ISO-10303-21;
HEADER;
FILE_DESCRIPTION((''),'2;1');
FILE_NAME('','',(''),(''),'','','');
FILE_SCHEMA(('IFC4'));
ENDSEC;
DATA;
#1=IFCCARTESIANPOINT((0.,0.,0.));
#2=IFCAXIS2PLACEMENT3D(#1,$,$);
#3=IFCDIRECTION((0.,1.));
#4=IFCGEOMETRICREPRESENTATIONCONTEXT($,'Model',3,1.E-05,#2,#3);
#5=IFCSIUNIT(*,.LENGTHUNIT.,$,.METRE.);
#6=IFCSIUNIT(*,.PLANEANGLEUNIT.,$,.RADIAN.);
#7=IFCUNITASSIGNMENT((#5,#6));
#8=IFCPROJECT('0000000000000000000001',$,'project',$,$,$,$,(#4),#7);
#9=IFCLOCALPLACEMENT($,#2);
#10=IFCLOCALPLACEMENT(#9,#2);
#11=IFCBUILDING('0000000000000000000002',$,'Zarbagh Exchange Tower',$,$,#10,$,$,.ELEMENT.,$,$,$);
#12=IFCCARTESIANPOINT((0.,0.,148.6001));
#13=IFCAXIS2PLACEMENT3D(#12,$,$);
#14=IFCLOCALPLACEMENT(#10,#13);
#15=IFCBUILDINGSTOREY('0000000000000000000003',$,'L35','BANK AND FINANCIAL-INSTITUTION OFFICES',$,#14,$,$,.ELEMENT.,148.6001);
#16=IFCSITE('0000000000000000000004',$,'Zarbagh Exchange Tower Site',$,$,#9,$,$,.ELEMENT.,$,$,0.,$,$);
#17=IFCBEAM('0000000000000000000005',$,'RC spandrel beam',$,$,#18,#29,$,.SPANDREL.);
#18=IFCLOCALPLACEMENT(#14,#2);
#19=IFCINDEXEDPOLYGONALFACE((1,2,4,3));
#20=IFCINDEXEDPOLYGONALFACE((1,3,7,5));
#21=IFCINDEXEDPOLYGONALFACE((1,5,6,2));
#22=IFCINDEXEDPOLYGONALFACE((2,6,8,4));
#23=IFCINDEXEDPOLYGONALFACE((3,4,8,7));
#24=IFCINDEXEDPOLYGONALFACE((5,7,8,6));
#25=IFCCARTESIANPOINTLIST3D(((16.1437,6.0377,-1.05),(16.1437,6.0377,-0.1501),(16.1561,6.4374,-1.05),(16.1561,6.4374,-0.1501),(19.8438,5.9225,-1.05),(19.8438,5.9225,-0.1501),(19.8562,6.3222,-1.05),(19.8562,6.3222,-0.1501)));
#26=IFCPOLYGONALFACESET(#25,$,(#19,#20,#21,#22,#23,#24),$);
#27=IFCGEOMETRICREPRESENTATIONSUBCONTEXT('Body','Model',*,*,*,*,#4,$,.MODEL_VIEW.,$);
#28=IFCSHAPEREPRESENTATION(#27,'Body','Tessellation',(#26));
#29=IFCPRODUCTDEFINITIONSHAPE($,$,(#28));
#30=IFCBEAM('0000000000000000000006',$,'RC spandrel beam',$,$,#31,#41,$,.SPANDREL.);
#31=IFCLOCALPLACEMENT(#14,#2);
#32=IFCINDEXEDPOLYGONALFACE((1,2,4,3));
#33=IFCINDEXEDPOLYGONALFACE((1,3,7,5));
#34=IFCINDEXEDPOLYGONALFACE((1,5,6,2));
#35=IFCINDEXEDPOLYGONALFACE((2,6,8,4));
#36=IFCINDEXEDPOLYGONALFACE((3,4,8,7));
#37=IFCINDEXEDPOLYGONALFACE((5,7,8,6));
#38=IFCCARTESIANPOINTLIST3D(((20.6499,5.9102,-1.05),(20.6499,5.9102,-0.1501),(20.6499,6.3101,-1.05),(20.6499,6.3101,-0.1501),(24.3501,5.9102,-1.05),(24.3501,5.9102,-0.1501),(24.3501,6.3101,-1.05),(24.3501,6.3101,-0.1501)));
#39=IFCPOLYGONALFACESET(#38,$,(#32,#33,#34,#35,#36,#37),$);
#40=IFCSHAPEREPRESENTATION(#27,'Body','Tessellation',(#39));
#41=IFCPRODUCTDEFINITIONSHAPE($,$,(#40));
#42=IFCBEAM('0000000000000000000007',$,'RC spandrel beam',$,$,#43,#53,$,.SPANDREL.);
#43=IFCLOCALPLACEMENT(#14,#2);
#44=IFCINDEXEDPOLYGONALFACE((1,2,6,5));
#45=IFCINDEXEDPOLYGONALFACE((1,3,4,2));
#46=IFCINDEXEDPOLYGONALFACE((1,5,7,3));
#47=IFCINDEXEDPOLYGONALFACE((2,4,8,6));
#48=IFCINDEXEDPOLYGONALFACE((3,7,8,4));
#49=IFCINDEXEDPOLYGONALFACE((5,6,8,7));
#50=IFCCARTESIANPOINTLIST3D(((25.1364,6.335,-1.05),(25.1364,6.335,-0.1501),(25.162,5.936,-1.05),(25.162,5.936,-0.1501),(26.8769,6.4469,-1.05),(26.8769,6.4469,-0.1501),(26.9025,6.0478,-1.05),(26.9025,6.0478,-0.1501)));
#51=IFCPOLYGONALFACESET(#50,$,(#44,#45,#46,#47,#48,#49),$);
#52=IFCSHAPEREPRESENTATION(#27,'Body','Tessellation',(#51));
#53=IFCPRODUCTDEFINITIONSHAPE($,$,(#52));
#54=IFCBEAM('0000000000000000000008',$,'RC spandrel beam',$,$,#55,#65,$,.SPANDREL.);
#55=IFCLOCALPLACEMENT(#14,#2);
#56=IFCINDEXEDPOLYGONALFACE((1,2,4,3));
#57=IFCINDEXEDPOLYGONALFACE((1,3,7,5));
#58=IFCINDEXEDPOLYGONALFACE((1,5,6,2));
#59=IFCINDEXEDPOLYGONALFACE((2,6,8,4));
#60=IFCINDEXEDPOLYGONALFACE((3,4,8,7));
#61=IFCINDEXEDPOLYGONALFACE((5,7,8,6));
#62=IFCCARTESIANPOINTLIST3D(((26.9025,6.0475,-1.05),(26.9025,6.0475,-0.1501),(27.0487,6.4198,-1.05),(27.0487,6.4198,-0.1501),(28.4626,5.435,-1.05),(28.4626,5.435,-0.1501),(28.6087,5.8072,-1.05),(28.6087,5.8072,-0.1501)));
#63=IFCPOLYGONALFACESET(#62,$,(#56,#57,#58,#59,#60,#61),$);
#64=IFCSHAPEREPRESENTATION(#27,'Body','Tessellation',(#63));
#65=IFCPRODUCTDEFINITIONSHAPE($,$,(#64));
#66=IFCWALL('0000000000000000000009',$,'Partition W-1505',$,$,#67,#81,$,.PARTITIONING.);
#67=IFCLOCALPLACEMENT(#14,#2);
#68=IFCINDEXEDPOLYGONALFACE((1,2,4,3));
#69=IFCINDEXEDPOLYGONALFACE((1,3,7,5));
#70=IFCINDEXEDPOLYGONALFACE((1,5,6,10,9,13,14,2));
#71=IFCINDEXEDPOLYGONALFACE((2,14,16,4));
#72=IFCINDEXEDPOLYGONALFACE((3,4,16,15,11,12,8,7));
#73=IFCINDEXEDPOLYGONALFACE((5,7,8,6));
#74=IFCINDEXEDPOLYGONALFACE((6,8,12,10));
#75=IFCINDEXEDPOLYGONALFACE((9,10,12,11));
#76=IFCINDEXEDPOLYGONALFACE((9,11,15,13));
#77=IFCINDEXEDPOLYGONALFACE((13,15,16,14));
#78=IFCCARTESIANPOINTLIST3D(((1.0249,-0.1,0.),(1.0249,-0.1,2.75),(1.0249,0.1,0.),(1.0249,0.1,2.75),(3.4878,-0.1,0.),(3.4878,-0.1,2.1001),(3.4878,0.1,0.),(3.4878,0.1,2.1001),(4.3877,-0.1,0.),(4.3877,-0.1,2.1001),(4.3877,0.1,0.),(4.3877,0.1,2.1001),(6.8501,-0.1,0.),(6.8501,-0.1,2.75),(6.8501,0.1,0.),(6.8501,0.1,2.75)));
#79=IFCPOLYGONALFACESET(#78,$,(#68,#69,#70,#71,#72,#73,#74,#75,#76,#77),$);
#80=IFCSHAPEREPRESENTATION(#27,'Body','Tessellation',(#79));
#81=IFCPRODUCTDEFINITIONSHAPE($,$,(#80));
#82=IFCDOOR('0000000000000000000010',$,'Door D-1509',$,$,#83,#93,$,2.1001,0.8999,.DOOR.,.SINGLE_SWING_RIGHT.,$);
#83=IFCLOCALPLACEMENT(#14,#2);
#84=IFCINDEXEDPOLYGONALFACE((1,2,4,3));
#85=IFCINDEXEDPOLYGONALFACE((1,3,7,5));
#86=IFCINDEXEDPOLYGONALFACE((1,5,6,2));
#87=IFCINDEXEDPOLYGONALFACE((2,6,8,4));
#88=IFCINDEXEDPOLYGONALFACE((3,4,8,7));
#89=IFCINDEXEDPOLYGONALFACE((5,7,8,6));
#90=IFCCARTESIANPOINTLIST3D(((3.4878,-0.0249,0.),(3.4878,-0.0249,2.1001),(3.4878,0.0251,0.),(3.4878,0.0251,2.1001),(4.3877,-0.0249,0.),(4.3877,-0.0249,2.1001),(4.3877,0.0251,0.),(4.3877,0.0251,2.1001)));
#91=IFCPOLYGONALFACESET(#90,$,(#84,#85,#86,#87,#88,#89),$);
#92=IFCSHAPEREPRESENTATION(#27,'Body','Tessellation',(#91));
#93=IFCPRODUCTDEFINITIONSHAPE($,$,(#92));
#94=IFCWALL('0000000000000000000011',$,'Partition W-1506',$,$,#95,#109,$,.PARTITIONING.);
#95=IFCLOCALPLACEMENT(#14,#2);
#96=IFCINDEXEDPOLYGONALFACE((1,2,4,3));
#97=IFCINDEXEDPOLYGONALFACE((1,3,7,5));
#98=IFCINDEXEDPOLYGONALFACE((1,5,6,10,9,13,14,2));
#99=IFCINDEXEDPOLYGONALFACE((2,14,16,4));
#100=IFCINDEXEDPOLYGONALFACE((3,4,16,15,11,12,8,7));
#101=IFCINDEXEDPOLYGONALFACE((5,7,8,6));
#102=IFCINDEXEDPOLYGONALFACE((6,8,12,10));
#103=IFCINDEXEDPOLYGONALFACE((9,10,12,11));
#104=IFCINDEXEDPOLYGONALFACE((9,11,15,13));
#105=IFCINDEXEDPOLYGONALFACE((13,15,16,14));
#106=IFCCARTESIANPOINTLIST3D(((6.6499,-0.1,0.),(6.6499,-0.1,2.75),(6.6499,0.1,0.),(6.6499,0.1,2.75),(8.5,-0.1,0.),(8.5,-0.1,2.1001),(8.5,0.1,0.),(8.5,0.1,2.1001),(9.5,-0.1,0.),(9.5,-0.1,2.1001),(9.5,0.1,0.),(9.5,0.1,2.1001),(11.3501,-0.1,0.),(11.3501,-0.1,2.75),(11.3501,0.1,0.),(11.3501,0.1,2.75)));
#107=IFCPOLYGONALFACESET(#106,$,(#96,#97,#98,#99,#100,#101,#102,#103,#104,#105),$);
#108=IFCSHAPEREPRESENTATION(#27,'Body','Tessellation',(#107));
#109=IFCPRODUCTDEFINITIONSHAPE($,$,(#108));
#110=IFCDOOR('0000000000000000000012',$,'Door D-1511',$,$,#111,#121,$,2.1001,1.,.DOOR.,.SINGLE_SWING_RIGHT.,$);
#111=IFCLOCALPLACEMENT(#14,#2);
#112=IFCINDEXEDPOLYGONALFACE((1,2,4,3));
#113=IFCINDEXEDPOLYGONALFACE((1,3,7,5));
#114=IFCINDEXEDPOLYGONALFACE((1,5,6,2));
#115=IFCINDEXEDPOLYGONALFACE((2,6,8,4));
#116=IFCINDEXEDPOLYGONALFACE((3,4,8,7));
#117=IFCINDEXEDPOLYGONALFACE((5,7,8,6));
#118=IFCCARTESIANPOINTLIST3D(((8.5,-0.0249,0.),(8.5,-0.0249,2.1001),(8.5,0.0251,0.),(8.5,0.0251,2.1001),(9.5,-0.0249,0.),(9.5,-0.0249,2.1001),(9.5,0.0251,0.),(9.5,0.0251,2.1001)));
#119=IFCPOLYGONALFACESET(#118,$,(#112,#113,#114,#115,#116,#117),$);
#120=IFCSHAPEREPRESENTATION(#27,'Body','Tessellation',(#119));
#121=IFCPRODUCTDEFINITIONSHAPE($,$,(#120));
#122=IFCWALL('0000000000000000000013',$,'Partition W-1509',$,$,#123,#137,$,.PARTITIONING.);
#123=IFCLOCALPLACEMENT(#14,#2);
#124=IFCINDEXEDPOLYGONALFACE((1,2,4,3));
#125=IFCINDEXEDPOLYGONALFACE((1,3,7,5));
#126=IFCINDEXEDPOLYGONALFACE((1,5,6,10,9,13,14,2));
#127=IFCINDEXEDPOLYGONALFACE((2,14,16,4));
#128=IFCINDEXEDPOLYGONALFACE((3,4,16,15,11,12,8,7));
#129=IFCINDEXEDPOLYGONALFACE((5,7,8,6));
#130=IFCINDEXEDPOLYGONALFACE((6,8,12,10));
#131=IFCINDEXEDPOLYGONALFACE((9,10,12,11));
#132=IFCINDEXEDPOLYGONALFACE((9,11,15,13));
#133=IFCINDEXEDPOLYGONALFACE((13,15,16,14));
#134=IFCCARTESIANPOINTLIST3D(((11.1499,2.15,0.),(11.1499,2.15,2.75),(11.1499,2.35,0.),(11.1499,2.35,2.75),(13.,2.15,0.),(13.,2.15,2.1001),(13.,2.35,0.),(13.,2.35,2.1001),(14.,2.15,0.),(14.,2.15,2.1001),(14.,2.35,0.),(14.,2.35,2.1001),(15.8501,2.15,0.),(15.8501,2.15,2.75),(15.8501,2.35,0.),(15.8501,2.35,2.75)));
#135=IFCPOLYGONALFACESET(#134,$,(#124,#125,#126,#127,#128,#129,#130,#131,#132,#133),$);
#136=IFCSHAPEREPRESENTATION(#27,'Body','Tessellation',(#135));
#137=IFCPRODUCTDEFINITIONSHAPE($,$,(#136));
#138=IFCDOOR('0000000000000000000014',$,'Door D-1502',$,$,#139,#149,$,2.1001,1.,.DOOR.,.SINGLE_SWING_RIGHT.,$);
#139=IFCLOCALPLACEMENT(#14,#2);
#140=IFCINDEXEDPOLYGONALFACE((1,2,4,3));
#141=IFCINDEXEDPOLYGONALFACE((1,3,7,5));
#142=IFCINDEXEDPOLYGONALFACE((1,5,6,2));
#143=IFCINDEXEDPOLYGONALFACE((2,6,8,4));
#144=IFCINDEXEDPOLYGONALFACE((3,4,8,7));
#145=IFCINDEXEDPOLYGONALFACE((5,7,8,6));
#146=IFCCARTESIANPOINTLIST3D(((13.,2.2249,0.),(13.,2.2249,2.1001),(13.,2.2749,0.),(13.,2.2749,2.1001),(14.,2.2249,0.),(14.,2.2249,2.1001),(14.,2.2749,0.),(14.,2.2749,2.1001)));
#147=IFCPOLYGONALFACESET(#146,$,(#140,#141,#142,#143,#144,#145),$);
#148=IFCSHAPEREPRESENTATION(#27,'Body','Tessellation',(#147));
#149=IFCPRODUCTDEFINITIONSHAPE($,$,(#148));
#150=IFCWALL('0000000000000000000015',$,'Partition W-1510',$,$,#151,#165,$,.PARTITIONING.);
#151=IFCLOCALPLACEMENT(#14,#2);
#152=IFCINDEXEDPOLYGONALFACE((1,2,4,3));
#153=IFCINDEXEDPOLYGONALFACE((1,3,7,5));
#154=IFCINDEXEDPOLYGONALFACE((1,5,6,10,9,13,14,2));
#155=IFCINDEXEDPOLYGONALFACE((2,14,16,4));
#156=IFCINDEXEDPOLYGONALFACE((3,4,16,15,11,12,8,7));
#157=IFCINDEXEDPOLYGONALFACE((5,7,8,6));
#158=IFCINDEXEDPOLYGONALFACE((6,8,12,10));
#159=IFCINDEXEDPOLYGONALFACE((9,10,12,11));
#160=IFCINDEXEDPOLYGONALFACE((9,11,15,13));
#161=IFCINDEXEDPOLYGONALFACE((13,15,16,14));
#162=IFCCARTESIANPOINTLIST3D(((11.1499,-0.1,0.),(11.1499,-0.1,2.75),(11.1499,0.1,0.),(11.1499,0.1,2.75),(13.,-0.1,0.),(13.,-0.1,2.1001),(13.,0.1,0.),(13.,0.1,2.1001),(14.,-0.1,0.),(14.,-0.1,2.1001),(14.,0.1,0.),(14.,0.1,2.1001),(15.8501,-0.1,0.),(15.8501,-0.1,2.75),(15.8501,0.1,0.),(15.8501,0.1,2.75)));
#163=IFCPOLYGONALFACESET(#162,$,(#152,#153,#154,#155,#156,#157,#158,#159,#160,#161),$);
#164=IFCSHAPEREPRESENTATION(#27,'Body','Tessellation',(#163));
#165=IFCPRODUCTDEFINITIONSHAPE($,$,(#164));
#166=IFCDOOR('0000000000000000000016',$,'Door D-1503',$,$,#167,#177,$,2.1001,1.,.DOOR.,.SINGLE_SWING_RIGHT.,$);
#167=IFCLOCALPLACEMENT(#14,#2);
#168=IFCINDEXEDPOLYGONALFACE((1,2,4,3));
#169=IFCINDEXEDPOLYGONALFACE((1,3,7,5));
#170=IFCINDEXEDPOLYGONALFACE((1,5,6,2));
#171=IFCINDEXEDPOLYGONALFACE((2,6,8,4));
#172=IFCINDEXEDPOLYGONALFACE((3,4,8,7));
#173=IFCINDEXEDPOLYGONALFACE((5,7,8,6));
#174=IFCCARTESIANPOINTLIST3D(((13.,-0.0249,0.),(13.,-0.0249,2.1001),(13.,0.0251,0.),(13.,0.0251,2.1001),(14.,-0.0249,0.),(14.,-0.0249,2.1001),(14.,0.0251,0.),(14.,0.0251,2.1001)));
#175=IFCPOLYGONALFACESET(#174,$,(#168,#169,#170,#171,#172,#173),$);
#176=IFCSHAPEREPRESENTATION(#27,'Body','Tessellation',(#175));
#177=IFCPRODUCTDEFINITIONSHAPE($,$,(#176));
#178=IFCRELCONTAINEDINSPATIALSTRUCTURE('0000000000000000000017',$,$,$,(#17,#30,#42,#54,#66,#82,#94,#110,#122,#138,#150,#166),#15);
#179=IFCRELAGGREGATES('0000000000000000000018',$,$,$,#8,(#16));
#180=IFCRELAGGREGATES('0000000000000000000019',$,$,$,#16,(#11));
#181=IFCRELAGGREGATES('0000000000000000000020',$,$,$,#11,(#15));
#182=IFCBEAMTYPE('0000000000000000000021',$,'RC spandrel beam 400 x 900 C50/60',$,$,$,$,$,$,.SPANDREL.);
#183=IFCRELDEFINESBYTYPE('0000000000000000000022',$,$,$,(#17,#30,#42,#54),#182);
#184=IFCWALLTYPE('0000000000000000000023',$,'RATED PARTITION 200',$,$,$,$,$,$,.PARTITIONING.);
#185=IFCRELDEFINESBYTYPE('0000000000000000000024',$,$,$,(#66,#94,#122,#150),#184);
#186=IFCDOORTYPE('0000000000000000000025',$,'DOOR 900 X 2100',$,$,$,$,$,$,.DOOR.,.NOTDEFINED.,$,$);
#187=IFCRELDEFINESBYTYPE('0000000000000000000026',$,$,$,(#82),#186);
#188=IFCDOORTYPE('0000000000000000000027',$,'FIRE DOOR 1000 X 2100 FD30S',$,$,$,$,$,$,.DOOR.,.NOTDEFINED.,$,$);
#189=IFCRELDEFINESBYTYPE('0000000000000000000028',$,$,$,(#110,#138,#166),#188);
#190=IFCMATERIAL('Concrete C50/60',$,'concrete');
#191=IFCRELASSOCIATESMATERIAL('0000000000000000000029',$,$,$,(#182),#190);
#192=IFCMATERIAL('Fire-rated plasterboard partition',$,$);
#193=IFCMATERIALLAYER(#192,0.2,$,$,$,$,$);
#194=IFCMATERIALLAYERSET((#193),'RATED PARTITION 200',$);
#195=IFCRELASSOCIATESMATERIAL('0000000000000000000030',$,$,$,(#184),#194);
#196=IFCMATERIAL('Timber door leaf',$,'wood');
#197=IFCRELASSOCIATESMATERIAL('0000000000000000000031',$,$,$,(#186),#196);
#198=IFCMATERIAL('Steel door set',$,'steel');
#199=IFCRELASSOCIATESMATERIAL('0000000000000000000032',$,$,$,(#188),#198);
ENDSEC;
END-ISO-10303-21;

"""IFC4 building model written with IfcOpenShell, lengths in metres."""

from ifc_helpers import new_model, si_unit, direction, frame, frame_2d, origin, origin_2d, place, context, subcontext, project, spatial, rectangle, extrude, material, layer, layer_set, material_profile, profile_set, type_object, element, fill, save


model = new_model("IFC4")

# Units and contexts
model_context = context("Model", 3, precision=1e-05, world=origin(), true_north=direction((0.0, 1.0)))
body_context = subcontext(model_context, "Body", "Model", "MODEL_VIEW")
ifc_project = project(units=[si_unit("LENGTHUNIT", "METRE"), si_unit("PLANEANGLEUNIT", "RADIAN")], contexts=[model_context])

# Site, building, storey
site_placement = place(None, origin())
site = spatial("IfcSite", under=ifc_project, at=site_placement, Name="Zarbagh Exchange Tower Site", CompositionType="ELEMENT", RefElevation=0.0)
building_placement = place(site_placement, origin())
building = spatial("IfcBuilding", under=site, at=building_placement, Name="Zarbagh Exchange Tower", CompositionType="ELEMENT")
storey_placement = place(building_placement, frame((0.0, 0.0, 148.6001)))
storey = spatial("IfcBuildingStorey", under=building, at=storey_placement, Name="L35", Description="BANK AND FINANCIAL-INSTITUTION OFFICES", CompositionType="ELEMENT", Elevation=148.6001)

# Shared definitions
ifc_material_1 = material(Name="Concrete C50/60", Category="concrete")

# Beams
ifc_material_profile_1 = material_profile(ifc_material_1, rectangle(XDim=0.3999, YDim=0.8999, at=origin_2d()), Name="RC spandrel beam 400 x 900 C50/60")
ifc_profile_set_1 = profile_set([ifc_material_profile_1], Name="Concrete C50/60")
beam_type_1 = type_object("IfcBeamType", Name="RC spandrel beam 400 x 900 C50/60", PredefinedType="SPANDREL", material=ifc_profile_set_1)
beam_1_placement = place(storey_placement, frame((16.1499, 6.2375, -0.6001), z_axis=(0.999515, -0.031128, 0.0), x_axis=(0.031128, 0.999515, 0.0)))
element("IfcBeam", 1, at=beam_1_placement, inside=storey, type_object=beam_type_1, Name="RC spandrel beam", PredefinedType="SPANDREL", context=body_context, shape_type="SweptSolid", body=[
    extrude(rectangle(XDim=0.3999, YDim=0.8999, at=origin_2d()), origin(), (0.0, 0.0, 1.0), 3.7019),
])
beam_2_placement = place(storey_placement, frame((20.6499, 6.1101, -0.6001), z_axis=(1.0, 0.0, 0.0), x_axis=(0.0, 1.0, 0.0)))
element("IfcBeam", 2, at=beam_2_placement, inside=storey, type_object=beam_type_1, Name="RC spandrel beam", PredefinedType="SPANDREL", context=body_context, shape_type="SweptSolid", body=[
    extrude(rectangle(XDim=0.3999, YDim=0.8999, at=origin_2d()), origin(), (0.0, 0.0, 1.0), 3.7002),
])
beam_3_placement = place(storey_placement, frame((25.1492, 6.1355, -0.6001), z_axis=(0.997943, 0.064112, 0.0), x_axis=(-0.064112, 0.997943, 0.0)))
element("IfcBeam", 3, at=beam_3_placement, inside=storey, type_object=beam_type_1, Name="RC spandrel beam", PredefinedType="SPANDREL", context=body_context, shape_type="SweptSolid", body=[
    extrude(rectangle(XDim=0.3999, YDim=0.8999, at=origin_2d()), origin(), (0.0, 0.0, 1.0), 1.7441),
])
beam_4_placement = place(storey_placement, frame((26.9756, 6.2336, -0.6001), z_axis=(0.930819, -0.365481, 0.0), x_axis=(0.365481, 0.930819, 0.0)))
element("IfcBeam", 4, at=beam_4_placement, inside=storey, type_object=beam_type_1, Name="RC spandrel beam", PredefinedType="SPANDREL", context=body_context, shape_type="SweptSolid", body=[
    extrude(rectangle(XDim=0.3999, YDim=0.8999, at=origin_2d()), origin(), (0.0, 0.0, 1.0), 1.676),
])

# Walls, openings, doors
ifc_material_2 = material(Name="Fire-rated plasterboard partition")
ifc_layer = layer(ifc_material_2, 0.2)
ifc_layer_set = layer_set([ifc_layer], Name="RATED PARTITION 200")
wall_type = type_object("IfcWallType", Name="RATED PARTITION 200", PredefinedType="PARTITIONING", material=ifc_layer_set)
wall_1_placement = place(storey_placement, frame((6.8501, 0.0, 0.0), z_axis=(0.0, 0.0, 1.0), x_axis=(-1.0, 0.0, 0.0)))
wall_1 = element("IfcWall", 5, at=wall_1_placement, inside=storey, type_object=wall_type, Name="Partition W-1505", PredefinedType="PARTITIONING", context=body_context, shape_type="SweptSolid", body=[
    extrude(rectangle(XDim=5.8252, YDim=0.2, at=frame_2d((2.9126, 0.0))), origin(), (0.0, 0.0, 1.0), 2.75),
])
opening_1_placement = place(wall_1_placement, frame((2.4624, 0.0, 0.0)))
opening_1 = element("IfcOpeningElement", 6, at=opening_1_placement, cuts=wall_1, PredefinedType="OPENING", context=body_context, shape_type="SweptSolid", body=[
    extrude(rectangle(XDim=0.8999, YDim=2.1001, at=frame_2d((0.45, 1.05))), frame((0.0, 0.1099, 0.0), z_axis=(0.0, -1.0, 0.0), x_axis=(1.0, 0.0, 0.0)), (0.0, 0.0, 1.0), 0.22),
])
ifc_material_3 = material(Name="Timber door leaf", Category="wood")
door_type_1 = type_object("IfcDoorType", Name="DOOR 900 X 2100", OperationType="NOTDEFINED", PredefinedType="DOOR", material=ifc_material_3)
door_1_placement = place(opening_1_placement, origin())
door_1 = element("IfcDoor", 7, at=door_1_placement, inside=storey, type_object=door_type_1, Name="Door D-1509", OperationType="SINGLE_SWING_RIGHT", OverallHeight=2.1001, OverallWidth=0.8999, PredefinedType="DOOR", context=body_context, shape_type="SweptSolid", body=[
    extrude(rectangle(XDim=0.8999, YDim=2.1001, at=frame_2d((0.45, 1.05))), frame((0.0, 0.0249, 0.0), z_axis=(0.0, -1.0, 0.0), x_axis=(1.0, 0.0, 0.0)), (0.0, 0.0, 1.0), 0.05),
])
fill(opening_1, door_1)
wall_2_placement = place(storey_placement, frame((11.3501, 0.0, 0.0), z_axis=(0.0, 0.0, 1.0), x_axis=(-1.0, 0.0, 0.0)))
wall_2 = element("IfcWall", 8, at=wall_2_placement, inside=storey, type_object=wall_type, Name="Partition W-1506", PredefinedType="PARTITIONING", context=body_context, shape_type="SweptSolid", body=[
    extrude(rectangle(XDim=4.7002, YDim=0.2, at=frame_2d((2.3501, 0.0))), origin(), (0.0, 0.0, 1.0), 2.75),
])
opening_2_placement = place(wall_2_placement, frame((1.8501, 0.0, 0.0)))
opening_2 = element("IfcOpeningElement", 9, at=opening_2_placement, cuts=wall_2, PredefinedType="OPENING", context=body_context, shape_type="SweptSolid", body=[
    extrude(rectangle(XDim=1.0, YDim=2.1001, at=frame_2d((0.5, 1.05))), frame((0.0, 0.1099, 0.0), z_axis=(0.0, -1.0, 0.0), x_axis=(1.0, 0.0, 0.0)), (0.0, 0.0, 1.0), 0.22),
])
ifc_material_4 = material(Name="Steel door set", Category="steel")
door_type_2 = type_object("IfcDoorType", Name="FIRE DOOR 1000 X 2100 FD30S", OperationType="NOTDEFINED", PredefinedType="DOOR", material=ifc_material_4)
door_2_placement = place(opening_2_placement, origin())
door_2 = element("IfcDoor", 10, at=door_2_placement, inside=storey, type_object=door_type_2, Name="Door D-1511", OperationType="SINGLE_SWING_RIGHT", OverallHeight=2.1001, OverallWidth=1.0, PredefinedType="DOOR", context=body_context, shape_type="SweptSolid", body=[
    extrude(rectangle(XDim=1.0, YDim=2.1001, at=frame_2d((0.5, 1.05))), frame((0.0, 0.0249, 0.0), z_axis=(0.0, -1.0, 0.0), x_axis=(1.0, 0.0, 0.0)), (0.0, 0.0, 1.0), 0.05),
])
fill(opening_2, door_2)
wall_3_placement = place(storey_placement, frame((11.1499, 2.25, 0.0), z_axis=(0.0, 0.0, 1.0), x_axis=(1.0, 0.0, 0.0)))
wall_3 = element("IfcWall", 11, at=wall_3_placement, inside=storey, type_object=wall_type, Name="Partition W-1509", PredefinedType="PARTITIONING", context=body_context, shape_type="SweptSolid", body=[
    extrude(rectangle(XDim=4.7002, YDim=0.2, at=frame_2d((2.3501, 0.0))), origin(), (0.0, 0.0, 1.0), 2.75),
])
opening_3_placement = place(wall_3_placement, frame((1.8501, 0.0, 0.0)))
opening_3 = element("IfcOpeningElement", 12, at=opening_3_placement, cuts=wall_3, PredefinedType="OPENING", context=body_context, shape_type="SweptSolid", body=[
    extrude(rectangle(XDim=1.0, YDim=2.1001, at=frame_2d((0.5, 1.05))), frame((0.0, 0.1099, 0.0), z_axis=(0.0, -1.0, 0.0), x_axis=(1.0, 0.0, 0.0)), (0.0, 0.0, 1.0), 0.22),
])
door_3_placement = place(opening_3_placement, origin())
door_3 = element("IfcDoor", 13, at=door_3_placement, inside=storey, type_object=door_type_2, Name="Door D-1502", OperationType="SINGLE_SWING_RIGHT", OverallHeight=2.1001, OverallWidth=1.0, PredefinedType="DOOR", context=body_context, shape_type="SweptSolid", body=[
    extrude(rectangle(XDim=1.0, YDim=2.1001, at=frame_2d((0.5, 1.05))), frame((0.0, 0.0249, 0.0), z_axis=(0.0, -1.0, 0.0), x_axis=(1.0, 0.0, 0.0)), (0.0, 0.0, 1.0), 0.05),
])
fill(opening_3, door_3)
wall_4_placement = place(storey_placement, frame((15.8501, 0.0, 0.0), z_axis=(0.0, 0.0, 1.0), x_axis=(-1.0, 0.0, 0.0)))
wall_4 = element("IfcWall", 14, at=wall_4_placement, inside=storey, type_object=wall_type, Name="Partition W-1510", PredefinedType="PARTITIONING", context=body_context, shape_type="SweptSolid", body=[
    extrude(rectangle(XDim=4.7002, YDim=0.2, at=frame_2d((2.3501, 0.0))), origin(), (0.0, 0.0, 1.0), 2.75),
])
opening_4_placement = place(wall_4_placement, frame((1.8501, 0.0, 0.0)))
opening_4 = element("IfcOpeningElement", 15, at=opening_4_placement, cuts=wall_4, PredefinedType="OPENING", context=body_context, shape_type="SweptSolid", body=[
    extrude(rectangle(XDim=1.0, YDim=2.1001, at=frame_2d((0.5, 1.05))), frame((0.0, 0.1099, 0.0), z_axis=(0.0, -1.0, 0.0), x_axis=(1.0, 0.0, 0.0)), (0.0, 0.0, 1.0), 0.22),
])
door_4_placement = place(opening_4_placement, origin())
door_4 = element("IfcDoor", 16, at=door_4_placement, inside=storey, type_object=door_type_2, Name="Door D-1503", OperationType="SINGLE_SWING_RIGHT", OverallHeight=2.1001, OverallWidth=1.0, PredefinedType="DOOR", context=body_context, shape_type="SweptSolid", body=[
    extrude(rectangle(XDim=1.0, YDim=2.1001, at=frame_2d((0.5, 1.05))), frame((0.0, 0.0249, 0.0), z_axis=(0.0, -1.0, 0.0), x_axis=(1.0, 0.0, 0.0)), (0.0, 0.0, 1.0), 0.05),
])
fill(opening_4, door_4)

save(model, "model.ifc")
